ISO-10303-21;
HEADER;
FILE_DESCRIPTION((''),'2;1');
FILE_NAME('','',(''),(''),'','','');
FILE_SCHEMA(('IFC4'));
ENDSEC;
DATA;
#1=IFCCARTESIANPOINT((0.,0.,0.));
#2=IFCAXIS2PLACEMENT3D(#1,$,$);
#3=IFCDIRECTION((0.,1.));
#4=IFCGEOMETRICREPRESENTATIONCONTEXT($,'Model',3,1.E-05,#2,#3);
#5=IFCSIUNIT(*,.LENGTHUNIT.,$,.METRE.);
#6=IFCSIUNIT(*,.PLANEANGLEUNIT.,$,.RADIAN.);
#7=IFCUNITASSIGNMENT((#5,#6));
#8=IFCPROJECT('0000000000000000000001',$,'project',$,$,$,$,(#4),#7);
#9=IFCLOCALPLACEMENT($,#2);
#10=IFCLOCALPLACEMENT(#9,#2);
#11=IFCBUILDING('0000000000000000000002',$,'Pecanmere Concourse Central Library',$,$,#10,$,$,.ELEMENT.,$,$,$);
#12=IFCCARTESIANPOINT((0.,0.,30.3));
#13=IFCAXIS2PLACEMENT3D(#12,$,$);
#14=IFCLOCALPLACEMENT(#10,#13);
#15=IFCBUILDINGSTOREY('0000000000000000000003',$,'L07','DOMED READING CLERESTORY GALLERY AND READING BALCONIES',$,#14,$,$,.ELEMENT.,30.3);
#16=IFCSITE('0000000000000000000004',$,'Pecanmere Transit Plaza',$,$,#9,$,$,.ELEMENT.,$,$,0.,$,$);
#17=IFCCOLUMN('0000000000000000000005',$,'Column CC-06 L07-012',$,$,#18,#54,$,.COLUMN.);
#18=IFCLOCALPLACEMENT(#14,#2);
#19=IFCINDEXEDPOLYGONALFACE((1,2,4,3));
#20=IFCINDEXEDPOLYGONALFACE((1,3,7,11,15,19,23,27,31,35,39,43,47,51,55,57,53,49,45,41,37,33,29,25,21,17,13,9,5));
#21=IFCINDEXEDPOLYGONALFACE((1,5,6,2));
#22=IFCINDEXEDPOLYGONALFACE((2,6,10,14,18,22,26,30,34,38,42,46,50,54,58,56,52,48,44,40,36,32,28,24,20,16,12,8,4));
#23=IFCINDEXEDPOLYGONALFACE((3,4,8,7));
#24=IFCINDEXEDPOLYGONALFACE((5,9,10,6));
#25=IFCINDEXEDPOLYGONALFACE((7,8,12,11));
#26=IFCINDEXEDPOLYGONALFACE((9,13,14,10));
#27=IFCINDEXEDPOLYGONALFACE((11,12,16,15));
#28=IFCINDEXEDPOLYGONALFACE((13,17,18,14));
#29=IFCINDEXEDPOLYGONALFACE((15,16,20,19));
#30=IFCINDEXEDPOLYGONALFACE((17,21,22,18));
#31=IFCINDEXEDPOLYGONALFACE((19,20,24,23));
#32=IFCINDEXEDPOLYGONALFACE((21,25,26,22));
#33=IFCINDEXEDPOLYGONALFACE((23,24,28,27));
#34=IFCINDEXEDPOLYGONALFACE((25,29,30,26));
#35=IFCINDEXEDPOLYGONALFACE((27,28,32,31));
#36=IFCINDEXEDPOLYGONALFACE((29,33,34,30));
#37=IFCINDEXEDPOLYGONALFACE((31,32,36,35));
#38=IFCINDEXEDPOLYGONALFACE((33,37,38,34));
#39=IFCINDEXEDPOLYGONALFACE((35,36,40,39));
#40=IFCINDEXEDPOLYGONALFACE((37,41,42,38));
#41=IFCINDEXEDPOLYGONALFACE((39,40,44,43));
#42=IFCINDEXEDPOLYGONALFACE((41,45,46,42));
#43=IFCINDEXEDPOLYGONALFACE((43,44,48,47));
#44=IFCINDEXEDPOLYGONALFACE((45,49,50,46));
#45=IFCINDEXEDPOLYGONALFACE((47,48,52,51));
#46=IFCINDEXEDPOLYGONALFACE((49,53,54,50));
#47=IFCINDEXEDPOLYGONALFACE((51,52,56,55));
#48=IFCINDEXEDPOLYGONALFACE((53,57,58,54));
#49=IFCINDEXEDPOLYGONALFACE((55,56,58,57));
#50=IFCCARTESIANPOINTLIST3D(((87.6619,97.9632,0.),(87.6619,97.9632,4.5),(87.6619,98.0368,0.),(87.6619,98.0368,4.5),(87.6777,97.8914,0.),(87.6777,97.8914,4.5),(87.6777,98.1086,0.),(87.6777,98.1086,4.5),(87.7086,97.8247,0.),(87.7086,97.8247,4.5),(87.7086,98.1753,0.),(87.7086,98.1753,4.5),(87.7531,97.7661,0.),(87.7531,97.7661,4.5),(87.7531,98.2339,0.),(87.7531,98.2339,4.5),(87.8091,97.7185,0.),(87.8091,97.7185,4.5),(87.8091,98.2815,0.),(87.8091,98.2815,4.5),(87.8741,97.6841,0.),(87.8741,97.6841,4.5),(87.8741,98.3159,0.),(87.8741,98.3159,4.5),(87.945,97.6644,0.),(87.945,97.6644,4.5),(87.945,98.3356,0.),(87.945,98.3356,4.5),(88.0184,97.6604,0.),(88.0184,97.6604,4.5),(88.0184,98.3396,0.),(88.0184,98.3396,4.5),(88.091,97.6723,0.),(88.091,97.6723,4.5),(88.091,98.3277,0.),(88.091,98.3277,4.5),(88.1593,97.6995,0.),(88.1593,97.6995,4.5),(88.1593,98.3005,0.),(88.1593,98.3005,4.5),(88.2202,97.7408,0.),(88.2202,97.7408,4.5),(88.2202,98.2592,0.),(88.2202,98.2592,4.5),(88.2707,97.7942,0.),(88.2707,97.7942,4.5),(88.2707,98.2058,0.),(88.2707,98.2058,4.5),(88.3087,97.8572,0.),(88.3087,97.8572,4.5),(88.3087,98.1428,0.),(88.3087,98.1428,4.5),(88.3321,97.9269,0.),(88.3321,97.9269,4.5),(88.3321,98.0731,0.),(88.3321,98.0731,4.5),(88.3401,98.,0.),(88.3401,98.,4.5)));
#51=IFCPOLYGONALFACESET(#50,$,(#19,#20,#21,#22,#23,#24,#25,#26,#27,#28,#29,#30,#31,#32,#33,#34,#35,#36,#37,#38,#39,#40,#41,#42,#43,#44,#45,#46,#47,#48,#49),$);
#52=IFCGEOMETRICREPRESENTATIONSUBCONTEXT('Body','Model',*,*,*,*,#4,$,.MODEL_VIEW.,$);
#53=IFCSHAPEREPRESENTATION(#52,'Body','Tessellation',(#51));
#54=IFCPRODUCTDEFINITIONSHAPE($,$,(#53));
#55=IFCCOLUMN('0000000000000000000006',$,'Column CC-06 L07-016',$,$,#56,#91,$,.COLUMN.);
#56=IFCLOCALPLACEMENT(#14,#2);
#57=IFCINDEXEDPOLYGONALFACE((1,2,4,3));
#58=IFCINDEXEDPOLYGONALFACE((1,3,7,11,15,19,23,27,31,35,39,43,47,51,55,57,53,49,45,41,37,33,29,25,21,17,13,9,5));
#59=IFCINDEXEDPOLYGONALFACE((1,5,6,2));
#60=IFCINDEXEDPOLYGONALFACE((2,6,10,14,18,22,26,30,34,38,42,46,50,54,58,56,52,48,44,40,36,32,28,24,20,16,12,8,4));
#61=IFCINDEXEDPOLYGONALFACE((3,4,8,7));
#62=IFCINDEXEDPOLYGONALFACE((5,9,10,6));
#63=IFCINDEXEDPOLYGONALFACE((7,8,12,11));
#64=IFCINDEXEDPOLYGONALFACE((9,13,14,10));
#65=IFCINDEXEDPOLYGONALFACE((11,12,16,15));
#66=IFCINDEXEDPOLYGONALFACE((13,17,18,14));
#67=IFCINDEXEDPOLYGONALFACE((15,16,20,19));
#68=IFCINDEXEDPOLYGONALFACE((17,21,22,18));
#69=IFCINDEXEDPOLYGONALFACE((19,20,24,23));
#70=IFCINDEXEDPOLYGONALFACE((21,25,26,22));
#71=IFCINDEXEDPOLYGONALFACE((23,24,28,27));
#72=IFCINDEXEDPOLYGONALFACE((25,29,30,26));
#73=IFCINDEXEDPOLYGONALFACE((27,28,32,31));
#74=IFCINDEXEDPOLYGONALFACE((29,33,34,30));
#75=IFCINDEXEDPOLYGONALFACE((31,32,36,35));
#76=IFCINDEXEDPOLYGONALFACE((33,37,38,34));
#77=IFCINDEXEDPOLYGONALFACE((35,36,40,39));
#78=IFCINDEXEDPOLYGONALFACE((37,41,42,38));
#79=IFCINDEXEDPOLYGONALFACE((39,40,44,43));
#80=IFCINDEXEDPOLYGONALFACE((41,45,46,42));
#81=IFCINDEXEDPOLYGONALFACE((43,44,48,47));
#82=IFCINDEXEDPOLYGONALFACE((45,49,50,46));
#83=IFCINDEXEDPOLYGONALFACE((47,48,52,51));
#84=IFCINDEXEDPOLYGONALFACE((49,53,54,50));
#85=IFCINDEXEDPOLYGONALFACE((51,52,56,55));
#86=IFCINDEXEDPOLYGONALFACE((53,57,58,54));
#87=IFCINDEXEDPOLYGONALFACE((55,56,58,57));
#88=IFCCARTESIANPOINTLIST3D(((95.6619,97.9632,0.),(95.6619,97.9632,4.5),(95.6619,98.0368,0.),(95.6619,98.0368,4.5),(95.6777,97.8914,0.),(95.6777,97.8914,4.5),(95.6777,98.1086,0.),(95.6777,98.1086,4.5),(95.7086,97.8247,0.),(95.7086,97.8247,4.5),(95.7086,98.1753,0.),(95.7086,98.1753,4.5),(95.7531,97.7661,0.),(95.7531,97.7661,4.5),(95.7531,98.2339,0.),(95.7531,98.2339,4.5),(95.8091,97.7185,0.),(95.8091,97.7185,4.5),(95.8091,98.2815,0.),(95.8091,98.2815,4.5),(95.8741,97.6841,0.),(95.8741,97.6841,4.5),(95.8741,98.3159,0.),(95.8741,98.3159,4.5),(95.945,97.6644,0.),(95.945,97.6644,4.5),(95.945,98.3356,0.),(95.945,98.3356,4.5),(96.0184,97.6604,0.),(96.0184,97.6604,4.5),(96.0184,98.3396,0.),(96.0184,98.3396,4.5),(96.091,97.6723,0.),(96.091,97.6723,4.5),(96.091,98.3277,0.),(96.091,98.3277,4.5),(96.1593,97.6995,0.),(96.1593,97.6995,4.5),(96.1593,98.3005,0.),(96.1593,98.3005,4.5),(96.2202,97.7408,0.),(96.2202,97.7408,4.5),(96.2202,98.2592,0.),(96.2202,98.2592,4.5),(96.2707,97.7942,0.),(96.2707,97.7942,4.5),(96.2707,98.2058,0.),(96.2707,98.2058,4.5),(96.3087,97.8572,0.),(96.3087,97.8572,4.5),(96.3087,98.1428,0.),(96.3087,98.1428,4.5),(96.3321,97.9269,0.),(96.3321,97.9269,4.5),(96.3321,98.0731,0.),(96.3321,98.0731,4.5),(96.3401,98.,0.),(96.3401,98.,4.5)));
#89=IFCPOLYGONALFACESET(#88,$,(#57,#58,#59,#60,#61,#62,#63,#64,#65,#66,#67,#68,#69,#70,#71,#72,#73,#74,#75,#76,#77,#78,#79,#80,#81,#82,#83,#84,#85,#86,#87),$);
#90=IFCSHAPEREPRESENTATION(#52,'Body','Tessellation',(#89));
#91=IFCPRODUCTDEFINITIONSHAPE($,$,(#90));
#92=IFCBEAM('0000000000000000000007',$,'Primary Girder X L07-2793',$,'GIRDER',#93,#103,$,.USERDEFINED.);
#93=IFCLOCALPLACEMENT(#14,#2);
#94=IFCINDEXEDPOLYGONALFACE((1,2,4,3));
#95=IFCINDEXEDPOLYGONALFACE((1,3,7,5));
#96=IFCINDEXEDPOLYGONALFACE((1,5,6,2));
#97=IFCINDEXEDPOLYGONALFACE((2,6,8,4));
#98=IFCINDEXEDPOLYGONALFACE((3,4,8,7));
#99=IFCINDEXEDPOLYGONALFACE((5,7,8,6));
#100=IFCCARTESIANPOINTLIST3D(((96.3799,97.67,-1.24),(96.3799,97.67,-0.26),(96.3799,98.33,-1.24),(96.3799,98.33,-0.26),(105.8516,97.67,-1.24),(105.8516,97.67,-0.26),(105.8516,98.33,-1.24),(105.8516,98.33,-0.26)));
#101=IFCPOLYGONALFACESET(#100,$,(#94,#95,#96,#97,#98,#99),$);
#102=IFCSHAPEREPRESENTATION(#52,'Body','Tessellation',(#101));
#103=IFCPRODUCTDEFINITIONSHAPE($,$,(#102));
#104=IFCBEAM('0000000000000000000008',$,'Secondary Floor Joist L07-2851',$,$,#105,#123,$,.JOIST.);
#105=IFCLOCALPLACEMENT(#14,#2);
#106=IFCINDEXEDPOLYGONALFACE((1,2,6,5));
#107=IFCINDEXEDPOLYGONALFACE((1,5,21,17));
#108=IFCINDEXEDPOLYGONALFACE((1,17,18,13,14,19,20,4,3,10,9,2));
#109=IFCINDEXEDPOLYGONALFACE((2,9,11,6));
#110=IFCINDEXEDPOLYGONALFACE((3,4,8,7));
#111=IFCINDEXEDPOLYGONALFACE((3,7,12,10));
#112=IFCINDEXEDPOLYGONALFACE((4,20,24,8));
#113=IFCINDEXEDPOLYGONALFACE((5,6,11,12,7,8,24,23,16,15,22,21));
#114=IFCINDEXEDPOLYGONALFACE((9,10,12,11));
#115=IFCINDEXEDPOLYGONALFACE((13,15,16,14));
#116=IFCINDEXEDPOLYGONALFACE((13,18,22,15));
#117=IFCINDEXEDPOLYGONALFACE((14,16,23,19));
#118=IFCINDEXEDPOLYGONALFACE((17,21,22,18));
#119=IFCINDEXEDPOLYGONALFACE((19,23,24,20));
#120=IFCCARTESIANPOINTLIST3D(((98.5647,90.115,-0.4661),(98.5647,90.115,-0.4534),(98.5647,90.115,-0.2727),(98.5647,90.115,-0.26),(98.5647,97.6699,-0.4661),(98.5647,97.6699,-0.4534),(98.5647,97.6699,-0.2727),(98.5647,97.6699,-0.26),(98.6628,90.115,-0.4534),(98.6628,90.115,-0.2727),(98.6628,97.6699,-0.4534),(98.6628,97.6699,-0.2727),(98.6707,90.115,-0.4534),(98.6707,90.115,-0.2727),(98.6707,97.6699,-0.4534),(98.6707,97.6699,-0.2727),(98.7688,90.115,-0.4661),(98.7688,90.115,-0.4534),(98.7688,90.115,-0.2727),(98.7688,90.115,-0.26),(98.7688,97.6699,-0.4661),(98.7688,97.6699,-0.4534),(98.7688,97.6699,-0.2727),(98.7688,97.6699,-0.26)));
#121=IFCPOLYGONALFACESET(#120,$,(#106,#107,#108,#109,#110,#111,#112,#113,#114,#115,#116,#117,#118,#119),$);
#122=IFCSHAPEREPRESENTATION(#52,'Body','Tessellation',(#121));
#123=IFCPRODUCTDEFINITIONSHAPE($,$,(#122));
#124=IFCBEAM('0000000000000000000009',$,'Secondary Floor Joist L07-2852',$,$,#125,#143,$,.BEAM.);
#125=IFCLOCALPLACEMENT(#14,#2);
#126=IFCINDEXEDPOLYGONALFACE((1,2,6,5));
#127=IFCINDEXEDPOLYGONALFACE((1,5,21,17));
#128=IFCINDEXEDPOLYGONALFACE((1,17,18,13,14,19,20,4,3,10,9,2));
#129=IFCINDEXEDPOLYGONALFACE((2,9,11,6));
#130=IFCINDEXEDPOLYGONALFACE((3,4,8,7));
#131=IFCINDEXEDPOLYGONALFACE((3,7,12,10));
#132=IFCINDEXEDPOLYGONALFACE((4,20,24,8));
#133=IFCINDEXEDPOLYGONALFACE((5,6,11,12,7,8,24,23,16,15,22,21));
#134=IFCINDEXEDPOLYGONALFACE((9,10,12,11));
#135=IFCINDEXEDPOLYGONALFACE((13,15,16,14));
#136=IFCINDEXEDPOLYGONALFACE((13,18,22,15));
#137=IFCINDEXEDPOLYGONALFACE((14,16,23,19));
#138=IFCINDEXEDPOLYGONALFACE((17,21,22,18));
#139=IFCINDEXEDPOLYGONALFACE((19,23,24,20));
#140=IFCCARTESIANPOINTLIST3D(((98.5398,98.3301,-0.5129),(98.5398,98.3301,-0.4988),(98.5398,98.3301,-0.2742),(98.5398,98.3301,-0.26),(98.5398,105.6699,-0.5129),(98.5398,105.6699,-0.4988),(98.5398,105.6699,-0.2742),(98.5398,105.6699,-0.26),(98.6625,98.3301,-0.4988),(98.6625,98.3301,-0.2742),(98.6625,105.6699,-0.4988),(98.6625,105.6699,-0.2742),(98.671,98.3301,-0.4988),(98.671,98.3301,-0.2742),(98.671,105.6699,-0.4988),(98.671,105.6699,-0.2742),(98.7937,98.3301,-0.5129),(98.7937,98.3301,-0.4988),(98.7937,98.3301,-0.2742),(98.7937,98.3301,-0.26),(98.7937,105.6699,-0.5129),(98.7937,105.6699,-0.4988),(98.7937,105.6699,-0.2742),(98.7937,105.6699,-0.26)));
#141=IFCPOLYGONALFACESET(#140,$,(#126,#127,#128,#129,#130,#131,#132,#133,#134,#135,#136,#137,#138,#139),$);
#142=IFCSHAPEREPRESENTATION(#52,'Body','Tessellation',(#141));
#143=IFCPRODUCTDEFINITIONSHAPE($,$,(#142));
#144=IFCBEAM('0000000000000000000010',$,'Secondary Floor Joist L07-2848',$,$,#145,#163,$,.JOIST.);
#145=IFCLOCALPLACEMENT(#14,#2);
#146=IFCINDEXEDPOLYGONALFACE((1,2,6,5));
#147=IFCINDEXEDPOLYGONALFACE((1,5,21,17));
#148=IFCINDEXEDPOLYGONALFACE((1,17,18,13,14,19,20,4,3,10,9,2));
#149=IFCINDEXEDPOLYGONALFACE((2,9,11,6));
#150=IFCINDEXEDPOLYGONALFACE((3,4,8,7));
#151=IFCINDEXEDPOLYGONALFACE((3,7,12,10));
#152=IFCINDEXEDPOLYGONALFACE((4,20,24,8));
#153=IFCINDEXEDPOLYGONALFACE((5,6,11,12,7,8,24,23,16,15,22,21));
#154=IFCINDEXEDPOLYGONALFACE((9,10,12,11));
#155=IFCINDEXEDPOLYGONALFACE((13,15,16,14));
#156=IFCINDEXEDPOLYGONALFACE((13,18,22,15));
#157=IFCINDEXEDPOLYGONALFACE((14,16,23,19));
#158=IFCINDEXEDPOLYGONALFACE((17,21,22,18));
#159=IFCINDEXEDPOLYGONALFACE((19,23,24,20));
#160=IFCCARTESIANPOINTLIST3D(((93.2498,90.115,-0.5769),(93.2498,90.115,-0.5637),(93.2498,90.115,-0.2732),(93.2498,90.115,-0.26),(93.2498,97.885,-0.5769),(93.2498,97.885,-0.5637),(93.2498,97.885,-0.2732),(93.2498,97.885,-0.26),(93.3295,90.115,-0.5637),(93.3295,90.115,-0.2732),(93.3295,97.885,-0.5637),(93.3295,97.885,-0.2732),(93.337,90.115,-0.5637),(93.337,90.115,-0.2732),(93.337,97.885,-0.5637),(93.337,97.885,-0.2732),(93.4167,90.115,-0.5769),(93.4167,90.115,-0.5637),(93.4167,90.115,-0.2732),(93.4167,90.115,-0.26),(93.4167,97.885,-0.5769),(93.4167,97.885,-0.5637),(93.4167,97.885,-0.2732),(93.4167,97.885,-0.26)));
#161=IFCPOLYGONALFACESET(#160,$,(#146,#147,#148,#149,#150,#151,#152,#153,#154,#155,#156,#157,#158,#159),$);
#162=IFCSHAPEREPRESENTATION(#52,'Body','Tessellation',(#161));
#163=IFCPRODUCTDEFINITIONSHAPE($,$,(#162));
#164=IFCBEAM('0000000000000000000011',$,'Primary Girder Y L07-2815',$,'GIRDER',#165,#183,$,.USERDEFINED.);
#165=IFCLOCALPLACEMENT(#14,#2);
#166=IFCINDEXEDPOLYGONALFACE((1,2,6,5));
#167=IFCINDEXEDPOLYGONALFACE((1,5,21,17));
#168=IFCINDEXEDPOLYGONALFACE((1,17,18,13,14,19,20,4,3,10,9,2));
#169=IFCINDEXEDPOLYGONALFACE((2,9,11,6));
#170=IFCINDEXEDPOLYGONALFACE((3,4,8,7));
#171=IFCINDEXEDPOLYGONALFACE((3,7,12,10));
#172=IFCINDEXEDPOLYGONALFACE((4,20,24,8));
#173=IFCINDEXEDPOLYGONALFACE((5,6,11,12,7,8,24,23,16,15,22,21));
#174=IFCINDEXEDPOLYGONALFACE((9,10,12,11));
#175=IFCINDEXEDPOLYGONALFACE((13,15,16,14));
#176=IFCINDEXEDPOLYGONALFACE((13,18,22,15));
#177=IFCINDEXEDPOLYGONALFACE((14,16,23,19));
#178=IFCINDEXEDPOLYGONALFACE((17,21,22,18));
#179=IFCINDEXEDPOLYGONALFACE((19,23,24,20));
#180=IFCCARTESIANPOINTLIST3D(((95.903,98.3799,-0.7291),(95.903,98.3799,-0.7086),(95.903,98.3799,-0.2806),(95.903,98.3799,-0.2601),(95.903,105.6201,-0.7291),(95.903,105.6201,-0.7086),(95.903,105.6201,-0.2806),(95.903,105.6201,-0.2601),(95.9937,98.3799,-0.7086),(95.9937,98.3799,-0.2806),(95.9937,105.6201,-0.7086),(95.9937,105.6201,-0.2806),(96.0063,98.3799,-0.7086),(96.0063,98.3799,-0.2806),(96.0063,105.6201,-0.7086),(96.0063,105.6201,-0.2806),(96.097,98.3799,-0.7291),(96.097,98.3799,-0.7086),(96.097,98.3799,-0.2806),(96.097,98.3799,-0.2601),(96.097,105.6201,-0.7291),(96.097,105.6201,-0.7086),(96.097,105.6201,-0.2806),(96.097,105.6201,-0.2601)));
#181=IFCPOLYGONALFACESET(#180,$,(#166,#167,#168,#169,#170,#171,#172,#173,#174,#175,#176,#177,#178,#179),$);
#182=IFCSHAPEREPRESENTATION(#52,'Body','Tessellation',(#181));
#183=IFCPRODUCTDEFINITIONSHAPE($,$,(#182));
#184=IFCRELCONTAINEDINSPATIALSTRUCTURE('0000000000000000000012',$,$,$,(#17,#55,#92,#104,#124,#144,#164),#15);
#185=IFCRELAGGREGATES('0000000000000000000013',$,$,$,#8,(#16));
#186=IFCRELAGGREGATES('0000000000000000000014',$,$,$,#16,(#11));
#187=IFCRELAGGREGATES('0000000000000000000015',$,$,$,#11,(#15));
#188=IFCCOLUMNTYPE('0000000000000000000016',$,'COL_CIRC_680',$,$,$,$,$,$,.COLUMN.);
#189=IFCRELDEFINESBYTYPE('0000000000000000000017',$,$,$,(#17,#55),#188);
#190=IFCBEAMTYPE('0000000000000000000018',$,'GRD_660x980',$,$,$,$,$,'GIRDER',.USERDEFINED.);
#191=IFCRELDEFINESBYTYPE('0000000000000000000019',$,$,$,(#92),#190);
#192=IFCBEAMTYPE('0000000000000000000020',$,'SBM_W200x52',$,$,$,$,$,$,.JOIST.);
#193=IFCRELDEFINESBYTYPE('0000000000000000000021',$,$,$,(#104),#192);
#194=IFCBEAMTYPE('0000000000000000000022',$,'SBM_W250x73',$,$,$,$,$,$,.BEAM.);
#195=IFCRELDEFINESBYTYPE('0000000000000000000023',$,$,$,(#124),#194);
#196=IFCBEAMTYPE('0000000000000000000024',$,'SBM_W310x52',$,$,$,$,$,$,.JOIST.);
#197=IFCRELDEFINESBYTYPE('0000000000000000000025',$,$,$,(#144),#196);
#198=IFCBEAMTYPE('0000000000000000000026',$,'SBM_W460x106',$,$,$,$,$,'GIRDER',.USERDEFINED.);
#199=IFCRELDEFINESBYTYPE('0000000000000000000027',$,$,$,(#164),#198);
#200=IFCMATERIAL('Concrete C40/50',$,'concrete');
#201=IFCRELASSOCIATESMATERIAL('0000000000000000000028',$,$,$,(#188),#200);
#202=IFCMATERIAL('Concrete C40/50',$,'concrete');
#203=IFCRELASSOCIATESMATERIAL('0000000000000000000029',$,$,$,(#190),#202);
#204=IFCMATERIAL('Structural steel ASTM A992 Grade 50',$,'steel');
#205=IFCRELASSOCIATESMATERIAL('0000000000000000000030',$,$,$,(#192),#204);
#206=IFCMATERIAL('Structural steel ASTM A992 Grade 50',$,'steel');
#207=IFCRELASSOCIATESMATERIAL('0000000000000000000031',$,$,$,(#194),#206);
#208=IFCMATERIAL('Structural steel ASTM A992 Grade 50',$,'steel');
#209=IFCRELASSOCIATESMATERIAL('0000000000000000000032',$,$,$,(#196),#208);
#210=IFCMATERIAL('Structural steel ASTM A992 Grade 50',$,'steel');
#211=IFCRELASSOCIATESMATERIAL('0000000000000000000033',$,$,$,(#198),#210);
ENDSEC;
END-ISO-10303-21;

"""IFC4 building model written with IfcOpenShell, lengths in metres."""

from ifc_helpers import new_model, si_unit, direction, frame, origin, origin_2d, place, context, subcontext, project, spatial, rectangle, circle, i_section, extrude, material, material_profile, profile_set, type_object, element, save


model = new_model("IFC4")

# Units and contexts
model_context = context("Model", 3, precision=1e-05, world=origin(), true_north=direction((0.0, 1.0)))
body_context = subcontext(model_context, "Body", "Model", "MODEL_VIEW")
ifc_project = project(units=[si_unit("LENGTHUNIT", "METRE"), si_unit("PLANEANGLEUNIT", "RADIAN")], contexts=[model_context])

# Site, building, storey
site_placement = place(None, origin())
site = spatial("IfcSite", under=ifc_project, at=site_placement, Name="Pecanmere Transit Plaza", CompositionType="ELEMENT", RefElevation=0.0)
building_placement = place(site_placement, origin())
building = spatial("IfcBuilding", under=site, at=building_placement, Name="Pecanmere Concourse Central Library", CompositionType="ELEMENT")
storey_placement = place(building_placement, frame((0.0, 0.0, 30.3)))
storey = spatial("IfcBuildingStorey", under=building, at=storey_placement, Name="L07", Description="DOMED READING CLERESTORY GALLERY AND READING BALCONIES", CompositionType="ELEMENT", Elevation=30.3)

# Columns
ifc_material_1 = material(Name="Concrete C40/50", Category="concrete")
ifc_material_profile_1 = material_profile(ifc_material_1, circle(Radius=0.3401, at=origin_2d()), Name="RC D680")
ifc_profile_set_1 = profile_set([ifc_material_profile_1], Name="Concrete C40/50")
column_type = type_object("IfcColumnType", Name="COL_CIRC_680", PredefinedType="COLUMN", material=ifc_profile_set_1)
for number, where, z_axis, x_axis, name in (
    (1, (88.0, 98.0, 0.0), (0.0, 0.0, 1.0), (1.0, 0.0, 0.0), "Column CC-06 L07-012"),
    (2, (96.0, 98.0, 0.0), (0.0, 0.0, 1.0), (1.0, 0.0, 0.0), "Column CC-06 L07-016"),
):
    element("IfcColumn", number, at=place(storey_placement, frame(where, z_axis=z_axis, x_axis=x_axis)), inside=storey, type_object=column_type, Name=name, PredefinedType="COLUMN", context=body_context, shape_type="SweptSolid", body=[
        extrude(circle(Radius=0.3401, at=origin_2d()), origin(), (0.0, 0.0, 1.0), 4.5),
    ])

# Beams
ifc_material_2 = material(Name="Concrete C40/50", Category="concrete")
ifc_material_profile_2 = material_profile(ifc_material_2, rectangle(XDim=0.6599, YDim=0.98, at=origin_2d()), Name="RC 660x980")
ifc_profile_set_2 = profile_set([ifc_material_profile_2], Name="Concrete C40/50")
beam_type_1 = type_object("IfcBeamType", Name="GRD_660x980", ElementType="GIRDER", PredefinedType="USERDEFINED", material=ifc_profile_set_2)
beam_1_placement = place(storey_placement, frame((96.3799, 98.0, -0.75), z_axis=(1.0, 0.0, 0.0), x_axis=(0.0, 1.0, 0.0)))
element("IfcBeam", 3, at=beam_1_placement, inside=storey, type_object=beam_type_1, Name="Primary Girder X L07-2793", ObjectType="GIRDER", PredefinedType="USERDEFINED", context=body_context, shape_type="SweptSolid", body=[
    extrude(rectangle(XDim=0.6599, YDim=0.98, at=origin_2d()), origin(), (0.0, 0.0, 1.0), 9.4717),
])
ifc_material_3 = material(Name="Structural steel ASTM A992 Grade 50", Category="steel")
ifc_material_profile_3 = material_profile(ifc_material_3, i_section(OverallWidth=0.2041, OverallDepth=0.2061, WebThickness=0.0078, FlangeThickness=0.0127, at=origin_2d()), Name="W200x52")
ifc_profile_set_3 = profile_set([ifc_material_profile_3], Name="Structural steel ASTM A992 Grade 50")
beam_type_2 = type_object("IfcBeamType", Name="SBM_W200x52", PredefinedType="JOIST", material=ifc_profile_set_3)
beam_2_placement = place(storey_placement, frame((98.6667, 90.115, -0.363), z_axis=(0.0, 1.0, 0.0), x_axis=(-1.0, 0.0, 0.0)))
element("IfcBeam", 4, at=beam_2_placement, inside=storey, type_object=beam_type_2, Name="Secondary Floor Joist L07-2851", PredefinedType="JOIST", context=body_context, shape_type="SweptSolid", body=[
    extrude(i_section(OverallWidth=0.2041, OverallDepth=0.2061, WebThickness=0.0078, FlangeThickness=0.0127, at=origin_2d()), origin(), (0.0, 0.0, 1.0), 7.5549),
])
ifc_material_4 = material(Name="Structural steel ASTM A992 Grade 50", Category="steel")
ifc_material_profile_4 = material_profile(ifc_material_4, i_section(OverallWidth=0.2539, OverallDepth=0.2529, WebThickness=0.0085, FlangeThickness=0.0142, at=origin_2d()), Name="W250x73")
ifc_profile_set_4 = profile_set([ifc_material_profile_4], Name="Structural steel ASTM A992 Grade 50")
beam_type_3 = type_object("IfcBeamType", Name="SBM_W250x73", PredefinedType="BEAM", material=ifc_profile_set_4)
beam_3_placement = place(storey_placement, frame((98.6667, 98.3301, -0.3865), z_axis=(0.0, 1.0, 0.0), x_axis=(-1.0, 0.0, 0.0)))
element("IfcBeam", 5, at=beam_3_placement, inside=storey, type_object=beam_type_3, Name="Secondary Floor Joist L07-2852", PredefinedType="BEAM", context=body_context, shape_type="SweptSolid", body=[
    extrude(i_section(OverallWidth=0.2539, OverallDepth=0.2529, WebThickness=0.0085, FlangeThickness=0.0142, at=origin_2d()), origin(), (0.0, 0.0, 1.0), 7.3398),
])
ifc_material_5 = material(Name="Structural steel ASTM A992 Grade 50", Category="steel")
ifc_material_profile_5 = material_profile(ifc_material_5, i_section(OverallWidth=0.167, OverallDepth=0.3169, WebThickness=0.0076, FlangeThickness=0.0132, at=origin_2d()), Name="W310x52")
ifc_profile_set_5 = profile_set([ifc_material_profile_5], Name="Structural steel ASTM A992 Grade 50")
beam_type_4 = type_object("IfcBeamType", Name="SBM_W310x52", PredefinedType="JOIST", material=ifc_profile_set_5)
beam_4_placement = place(storey_placement, frame((93.3333, 90.115, -0.4185), z_axis=(0.0, 1.0, 0.0), x_axis=(-1.0, 0.0, 0.0)))
element("IfcBeam", 6, at=beam_4_placement, inside=storey, type_object=beam_type_4, Name="Secondary Floor Joist L07-2848", PredefinedType="JOIST", context=body_context, shape_type="SweptSolid", body=[
    extrude(i_section(OverallWidth=0.167, OverallDepth=0.3169, WebThickness=0.0076, FlangeThickness=0.0132, at=origin_2d()), origin(), (0.0, 0.0, 1.0), 7.77),
])
ifc_material_6 = material(Name="Structural steel ASTM A992 Grade 50", Category="steel")
ifc_material_profile_6 = material_profile(ifc_material_6, i_section(OverallWidth=0.1941, OverallDepth=0.469, WebThickness=0.0127, FlangeThickness=0.0205, at=origin_2d()), Name="W460x106")
ifc_profile_set_6 = profile_set([ifc_material_profile_6], Name="Structural steel ASTM A992 Grade 50")
beam_type_5 = type_object("IfcBeamType", Name="SBM_W460x106", ElementType="GIRDER", PredefinedType="USERDEFINED", material=ifc_profile_set_6)
beam_5_placement = place(storey_placement, frame((96.0, 98.3799, -0.4946), z_axis=(0.0, 1.0, 0.0), x_axis=(-1.0, 0.0, 0.0)))
element("IfcBeam", 7, at=beam_5_placement, inside=storey, type_object=beam_type_5, Name="Primary Girder Y L07-2815", ObjectType="GIRDER", PredefinedType="USERDEFINED", context=body_context, shape_type="SweptSolid", body=[
    extrude(i_section(OverallWidth=0.1941, OverallDepth=0.469, WebThickness=0.0127, FlangeThickness=0.0205, at=origin_2d()), origin(), (0.0, 0.0, 1.0), 7.2402),
])

save(model, "model.ifc")
